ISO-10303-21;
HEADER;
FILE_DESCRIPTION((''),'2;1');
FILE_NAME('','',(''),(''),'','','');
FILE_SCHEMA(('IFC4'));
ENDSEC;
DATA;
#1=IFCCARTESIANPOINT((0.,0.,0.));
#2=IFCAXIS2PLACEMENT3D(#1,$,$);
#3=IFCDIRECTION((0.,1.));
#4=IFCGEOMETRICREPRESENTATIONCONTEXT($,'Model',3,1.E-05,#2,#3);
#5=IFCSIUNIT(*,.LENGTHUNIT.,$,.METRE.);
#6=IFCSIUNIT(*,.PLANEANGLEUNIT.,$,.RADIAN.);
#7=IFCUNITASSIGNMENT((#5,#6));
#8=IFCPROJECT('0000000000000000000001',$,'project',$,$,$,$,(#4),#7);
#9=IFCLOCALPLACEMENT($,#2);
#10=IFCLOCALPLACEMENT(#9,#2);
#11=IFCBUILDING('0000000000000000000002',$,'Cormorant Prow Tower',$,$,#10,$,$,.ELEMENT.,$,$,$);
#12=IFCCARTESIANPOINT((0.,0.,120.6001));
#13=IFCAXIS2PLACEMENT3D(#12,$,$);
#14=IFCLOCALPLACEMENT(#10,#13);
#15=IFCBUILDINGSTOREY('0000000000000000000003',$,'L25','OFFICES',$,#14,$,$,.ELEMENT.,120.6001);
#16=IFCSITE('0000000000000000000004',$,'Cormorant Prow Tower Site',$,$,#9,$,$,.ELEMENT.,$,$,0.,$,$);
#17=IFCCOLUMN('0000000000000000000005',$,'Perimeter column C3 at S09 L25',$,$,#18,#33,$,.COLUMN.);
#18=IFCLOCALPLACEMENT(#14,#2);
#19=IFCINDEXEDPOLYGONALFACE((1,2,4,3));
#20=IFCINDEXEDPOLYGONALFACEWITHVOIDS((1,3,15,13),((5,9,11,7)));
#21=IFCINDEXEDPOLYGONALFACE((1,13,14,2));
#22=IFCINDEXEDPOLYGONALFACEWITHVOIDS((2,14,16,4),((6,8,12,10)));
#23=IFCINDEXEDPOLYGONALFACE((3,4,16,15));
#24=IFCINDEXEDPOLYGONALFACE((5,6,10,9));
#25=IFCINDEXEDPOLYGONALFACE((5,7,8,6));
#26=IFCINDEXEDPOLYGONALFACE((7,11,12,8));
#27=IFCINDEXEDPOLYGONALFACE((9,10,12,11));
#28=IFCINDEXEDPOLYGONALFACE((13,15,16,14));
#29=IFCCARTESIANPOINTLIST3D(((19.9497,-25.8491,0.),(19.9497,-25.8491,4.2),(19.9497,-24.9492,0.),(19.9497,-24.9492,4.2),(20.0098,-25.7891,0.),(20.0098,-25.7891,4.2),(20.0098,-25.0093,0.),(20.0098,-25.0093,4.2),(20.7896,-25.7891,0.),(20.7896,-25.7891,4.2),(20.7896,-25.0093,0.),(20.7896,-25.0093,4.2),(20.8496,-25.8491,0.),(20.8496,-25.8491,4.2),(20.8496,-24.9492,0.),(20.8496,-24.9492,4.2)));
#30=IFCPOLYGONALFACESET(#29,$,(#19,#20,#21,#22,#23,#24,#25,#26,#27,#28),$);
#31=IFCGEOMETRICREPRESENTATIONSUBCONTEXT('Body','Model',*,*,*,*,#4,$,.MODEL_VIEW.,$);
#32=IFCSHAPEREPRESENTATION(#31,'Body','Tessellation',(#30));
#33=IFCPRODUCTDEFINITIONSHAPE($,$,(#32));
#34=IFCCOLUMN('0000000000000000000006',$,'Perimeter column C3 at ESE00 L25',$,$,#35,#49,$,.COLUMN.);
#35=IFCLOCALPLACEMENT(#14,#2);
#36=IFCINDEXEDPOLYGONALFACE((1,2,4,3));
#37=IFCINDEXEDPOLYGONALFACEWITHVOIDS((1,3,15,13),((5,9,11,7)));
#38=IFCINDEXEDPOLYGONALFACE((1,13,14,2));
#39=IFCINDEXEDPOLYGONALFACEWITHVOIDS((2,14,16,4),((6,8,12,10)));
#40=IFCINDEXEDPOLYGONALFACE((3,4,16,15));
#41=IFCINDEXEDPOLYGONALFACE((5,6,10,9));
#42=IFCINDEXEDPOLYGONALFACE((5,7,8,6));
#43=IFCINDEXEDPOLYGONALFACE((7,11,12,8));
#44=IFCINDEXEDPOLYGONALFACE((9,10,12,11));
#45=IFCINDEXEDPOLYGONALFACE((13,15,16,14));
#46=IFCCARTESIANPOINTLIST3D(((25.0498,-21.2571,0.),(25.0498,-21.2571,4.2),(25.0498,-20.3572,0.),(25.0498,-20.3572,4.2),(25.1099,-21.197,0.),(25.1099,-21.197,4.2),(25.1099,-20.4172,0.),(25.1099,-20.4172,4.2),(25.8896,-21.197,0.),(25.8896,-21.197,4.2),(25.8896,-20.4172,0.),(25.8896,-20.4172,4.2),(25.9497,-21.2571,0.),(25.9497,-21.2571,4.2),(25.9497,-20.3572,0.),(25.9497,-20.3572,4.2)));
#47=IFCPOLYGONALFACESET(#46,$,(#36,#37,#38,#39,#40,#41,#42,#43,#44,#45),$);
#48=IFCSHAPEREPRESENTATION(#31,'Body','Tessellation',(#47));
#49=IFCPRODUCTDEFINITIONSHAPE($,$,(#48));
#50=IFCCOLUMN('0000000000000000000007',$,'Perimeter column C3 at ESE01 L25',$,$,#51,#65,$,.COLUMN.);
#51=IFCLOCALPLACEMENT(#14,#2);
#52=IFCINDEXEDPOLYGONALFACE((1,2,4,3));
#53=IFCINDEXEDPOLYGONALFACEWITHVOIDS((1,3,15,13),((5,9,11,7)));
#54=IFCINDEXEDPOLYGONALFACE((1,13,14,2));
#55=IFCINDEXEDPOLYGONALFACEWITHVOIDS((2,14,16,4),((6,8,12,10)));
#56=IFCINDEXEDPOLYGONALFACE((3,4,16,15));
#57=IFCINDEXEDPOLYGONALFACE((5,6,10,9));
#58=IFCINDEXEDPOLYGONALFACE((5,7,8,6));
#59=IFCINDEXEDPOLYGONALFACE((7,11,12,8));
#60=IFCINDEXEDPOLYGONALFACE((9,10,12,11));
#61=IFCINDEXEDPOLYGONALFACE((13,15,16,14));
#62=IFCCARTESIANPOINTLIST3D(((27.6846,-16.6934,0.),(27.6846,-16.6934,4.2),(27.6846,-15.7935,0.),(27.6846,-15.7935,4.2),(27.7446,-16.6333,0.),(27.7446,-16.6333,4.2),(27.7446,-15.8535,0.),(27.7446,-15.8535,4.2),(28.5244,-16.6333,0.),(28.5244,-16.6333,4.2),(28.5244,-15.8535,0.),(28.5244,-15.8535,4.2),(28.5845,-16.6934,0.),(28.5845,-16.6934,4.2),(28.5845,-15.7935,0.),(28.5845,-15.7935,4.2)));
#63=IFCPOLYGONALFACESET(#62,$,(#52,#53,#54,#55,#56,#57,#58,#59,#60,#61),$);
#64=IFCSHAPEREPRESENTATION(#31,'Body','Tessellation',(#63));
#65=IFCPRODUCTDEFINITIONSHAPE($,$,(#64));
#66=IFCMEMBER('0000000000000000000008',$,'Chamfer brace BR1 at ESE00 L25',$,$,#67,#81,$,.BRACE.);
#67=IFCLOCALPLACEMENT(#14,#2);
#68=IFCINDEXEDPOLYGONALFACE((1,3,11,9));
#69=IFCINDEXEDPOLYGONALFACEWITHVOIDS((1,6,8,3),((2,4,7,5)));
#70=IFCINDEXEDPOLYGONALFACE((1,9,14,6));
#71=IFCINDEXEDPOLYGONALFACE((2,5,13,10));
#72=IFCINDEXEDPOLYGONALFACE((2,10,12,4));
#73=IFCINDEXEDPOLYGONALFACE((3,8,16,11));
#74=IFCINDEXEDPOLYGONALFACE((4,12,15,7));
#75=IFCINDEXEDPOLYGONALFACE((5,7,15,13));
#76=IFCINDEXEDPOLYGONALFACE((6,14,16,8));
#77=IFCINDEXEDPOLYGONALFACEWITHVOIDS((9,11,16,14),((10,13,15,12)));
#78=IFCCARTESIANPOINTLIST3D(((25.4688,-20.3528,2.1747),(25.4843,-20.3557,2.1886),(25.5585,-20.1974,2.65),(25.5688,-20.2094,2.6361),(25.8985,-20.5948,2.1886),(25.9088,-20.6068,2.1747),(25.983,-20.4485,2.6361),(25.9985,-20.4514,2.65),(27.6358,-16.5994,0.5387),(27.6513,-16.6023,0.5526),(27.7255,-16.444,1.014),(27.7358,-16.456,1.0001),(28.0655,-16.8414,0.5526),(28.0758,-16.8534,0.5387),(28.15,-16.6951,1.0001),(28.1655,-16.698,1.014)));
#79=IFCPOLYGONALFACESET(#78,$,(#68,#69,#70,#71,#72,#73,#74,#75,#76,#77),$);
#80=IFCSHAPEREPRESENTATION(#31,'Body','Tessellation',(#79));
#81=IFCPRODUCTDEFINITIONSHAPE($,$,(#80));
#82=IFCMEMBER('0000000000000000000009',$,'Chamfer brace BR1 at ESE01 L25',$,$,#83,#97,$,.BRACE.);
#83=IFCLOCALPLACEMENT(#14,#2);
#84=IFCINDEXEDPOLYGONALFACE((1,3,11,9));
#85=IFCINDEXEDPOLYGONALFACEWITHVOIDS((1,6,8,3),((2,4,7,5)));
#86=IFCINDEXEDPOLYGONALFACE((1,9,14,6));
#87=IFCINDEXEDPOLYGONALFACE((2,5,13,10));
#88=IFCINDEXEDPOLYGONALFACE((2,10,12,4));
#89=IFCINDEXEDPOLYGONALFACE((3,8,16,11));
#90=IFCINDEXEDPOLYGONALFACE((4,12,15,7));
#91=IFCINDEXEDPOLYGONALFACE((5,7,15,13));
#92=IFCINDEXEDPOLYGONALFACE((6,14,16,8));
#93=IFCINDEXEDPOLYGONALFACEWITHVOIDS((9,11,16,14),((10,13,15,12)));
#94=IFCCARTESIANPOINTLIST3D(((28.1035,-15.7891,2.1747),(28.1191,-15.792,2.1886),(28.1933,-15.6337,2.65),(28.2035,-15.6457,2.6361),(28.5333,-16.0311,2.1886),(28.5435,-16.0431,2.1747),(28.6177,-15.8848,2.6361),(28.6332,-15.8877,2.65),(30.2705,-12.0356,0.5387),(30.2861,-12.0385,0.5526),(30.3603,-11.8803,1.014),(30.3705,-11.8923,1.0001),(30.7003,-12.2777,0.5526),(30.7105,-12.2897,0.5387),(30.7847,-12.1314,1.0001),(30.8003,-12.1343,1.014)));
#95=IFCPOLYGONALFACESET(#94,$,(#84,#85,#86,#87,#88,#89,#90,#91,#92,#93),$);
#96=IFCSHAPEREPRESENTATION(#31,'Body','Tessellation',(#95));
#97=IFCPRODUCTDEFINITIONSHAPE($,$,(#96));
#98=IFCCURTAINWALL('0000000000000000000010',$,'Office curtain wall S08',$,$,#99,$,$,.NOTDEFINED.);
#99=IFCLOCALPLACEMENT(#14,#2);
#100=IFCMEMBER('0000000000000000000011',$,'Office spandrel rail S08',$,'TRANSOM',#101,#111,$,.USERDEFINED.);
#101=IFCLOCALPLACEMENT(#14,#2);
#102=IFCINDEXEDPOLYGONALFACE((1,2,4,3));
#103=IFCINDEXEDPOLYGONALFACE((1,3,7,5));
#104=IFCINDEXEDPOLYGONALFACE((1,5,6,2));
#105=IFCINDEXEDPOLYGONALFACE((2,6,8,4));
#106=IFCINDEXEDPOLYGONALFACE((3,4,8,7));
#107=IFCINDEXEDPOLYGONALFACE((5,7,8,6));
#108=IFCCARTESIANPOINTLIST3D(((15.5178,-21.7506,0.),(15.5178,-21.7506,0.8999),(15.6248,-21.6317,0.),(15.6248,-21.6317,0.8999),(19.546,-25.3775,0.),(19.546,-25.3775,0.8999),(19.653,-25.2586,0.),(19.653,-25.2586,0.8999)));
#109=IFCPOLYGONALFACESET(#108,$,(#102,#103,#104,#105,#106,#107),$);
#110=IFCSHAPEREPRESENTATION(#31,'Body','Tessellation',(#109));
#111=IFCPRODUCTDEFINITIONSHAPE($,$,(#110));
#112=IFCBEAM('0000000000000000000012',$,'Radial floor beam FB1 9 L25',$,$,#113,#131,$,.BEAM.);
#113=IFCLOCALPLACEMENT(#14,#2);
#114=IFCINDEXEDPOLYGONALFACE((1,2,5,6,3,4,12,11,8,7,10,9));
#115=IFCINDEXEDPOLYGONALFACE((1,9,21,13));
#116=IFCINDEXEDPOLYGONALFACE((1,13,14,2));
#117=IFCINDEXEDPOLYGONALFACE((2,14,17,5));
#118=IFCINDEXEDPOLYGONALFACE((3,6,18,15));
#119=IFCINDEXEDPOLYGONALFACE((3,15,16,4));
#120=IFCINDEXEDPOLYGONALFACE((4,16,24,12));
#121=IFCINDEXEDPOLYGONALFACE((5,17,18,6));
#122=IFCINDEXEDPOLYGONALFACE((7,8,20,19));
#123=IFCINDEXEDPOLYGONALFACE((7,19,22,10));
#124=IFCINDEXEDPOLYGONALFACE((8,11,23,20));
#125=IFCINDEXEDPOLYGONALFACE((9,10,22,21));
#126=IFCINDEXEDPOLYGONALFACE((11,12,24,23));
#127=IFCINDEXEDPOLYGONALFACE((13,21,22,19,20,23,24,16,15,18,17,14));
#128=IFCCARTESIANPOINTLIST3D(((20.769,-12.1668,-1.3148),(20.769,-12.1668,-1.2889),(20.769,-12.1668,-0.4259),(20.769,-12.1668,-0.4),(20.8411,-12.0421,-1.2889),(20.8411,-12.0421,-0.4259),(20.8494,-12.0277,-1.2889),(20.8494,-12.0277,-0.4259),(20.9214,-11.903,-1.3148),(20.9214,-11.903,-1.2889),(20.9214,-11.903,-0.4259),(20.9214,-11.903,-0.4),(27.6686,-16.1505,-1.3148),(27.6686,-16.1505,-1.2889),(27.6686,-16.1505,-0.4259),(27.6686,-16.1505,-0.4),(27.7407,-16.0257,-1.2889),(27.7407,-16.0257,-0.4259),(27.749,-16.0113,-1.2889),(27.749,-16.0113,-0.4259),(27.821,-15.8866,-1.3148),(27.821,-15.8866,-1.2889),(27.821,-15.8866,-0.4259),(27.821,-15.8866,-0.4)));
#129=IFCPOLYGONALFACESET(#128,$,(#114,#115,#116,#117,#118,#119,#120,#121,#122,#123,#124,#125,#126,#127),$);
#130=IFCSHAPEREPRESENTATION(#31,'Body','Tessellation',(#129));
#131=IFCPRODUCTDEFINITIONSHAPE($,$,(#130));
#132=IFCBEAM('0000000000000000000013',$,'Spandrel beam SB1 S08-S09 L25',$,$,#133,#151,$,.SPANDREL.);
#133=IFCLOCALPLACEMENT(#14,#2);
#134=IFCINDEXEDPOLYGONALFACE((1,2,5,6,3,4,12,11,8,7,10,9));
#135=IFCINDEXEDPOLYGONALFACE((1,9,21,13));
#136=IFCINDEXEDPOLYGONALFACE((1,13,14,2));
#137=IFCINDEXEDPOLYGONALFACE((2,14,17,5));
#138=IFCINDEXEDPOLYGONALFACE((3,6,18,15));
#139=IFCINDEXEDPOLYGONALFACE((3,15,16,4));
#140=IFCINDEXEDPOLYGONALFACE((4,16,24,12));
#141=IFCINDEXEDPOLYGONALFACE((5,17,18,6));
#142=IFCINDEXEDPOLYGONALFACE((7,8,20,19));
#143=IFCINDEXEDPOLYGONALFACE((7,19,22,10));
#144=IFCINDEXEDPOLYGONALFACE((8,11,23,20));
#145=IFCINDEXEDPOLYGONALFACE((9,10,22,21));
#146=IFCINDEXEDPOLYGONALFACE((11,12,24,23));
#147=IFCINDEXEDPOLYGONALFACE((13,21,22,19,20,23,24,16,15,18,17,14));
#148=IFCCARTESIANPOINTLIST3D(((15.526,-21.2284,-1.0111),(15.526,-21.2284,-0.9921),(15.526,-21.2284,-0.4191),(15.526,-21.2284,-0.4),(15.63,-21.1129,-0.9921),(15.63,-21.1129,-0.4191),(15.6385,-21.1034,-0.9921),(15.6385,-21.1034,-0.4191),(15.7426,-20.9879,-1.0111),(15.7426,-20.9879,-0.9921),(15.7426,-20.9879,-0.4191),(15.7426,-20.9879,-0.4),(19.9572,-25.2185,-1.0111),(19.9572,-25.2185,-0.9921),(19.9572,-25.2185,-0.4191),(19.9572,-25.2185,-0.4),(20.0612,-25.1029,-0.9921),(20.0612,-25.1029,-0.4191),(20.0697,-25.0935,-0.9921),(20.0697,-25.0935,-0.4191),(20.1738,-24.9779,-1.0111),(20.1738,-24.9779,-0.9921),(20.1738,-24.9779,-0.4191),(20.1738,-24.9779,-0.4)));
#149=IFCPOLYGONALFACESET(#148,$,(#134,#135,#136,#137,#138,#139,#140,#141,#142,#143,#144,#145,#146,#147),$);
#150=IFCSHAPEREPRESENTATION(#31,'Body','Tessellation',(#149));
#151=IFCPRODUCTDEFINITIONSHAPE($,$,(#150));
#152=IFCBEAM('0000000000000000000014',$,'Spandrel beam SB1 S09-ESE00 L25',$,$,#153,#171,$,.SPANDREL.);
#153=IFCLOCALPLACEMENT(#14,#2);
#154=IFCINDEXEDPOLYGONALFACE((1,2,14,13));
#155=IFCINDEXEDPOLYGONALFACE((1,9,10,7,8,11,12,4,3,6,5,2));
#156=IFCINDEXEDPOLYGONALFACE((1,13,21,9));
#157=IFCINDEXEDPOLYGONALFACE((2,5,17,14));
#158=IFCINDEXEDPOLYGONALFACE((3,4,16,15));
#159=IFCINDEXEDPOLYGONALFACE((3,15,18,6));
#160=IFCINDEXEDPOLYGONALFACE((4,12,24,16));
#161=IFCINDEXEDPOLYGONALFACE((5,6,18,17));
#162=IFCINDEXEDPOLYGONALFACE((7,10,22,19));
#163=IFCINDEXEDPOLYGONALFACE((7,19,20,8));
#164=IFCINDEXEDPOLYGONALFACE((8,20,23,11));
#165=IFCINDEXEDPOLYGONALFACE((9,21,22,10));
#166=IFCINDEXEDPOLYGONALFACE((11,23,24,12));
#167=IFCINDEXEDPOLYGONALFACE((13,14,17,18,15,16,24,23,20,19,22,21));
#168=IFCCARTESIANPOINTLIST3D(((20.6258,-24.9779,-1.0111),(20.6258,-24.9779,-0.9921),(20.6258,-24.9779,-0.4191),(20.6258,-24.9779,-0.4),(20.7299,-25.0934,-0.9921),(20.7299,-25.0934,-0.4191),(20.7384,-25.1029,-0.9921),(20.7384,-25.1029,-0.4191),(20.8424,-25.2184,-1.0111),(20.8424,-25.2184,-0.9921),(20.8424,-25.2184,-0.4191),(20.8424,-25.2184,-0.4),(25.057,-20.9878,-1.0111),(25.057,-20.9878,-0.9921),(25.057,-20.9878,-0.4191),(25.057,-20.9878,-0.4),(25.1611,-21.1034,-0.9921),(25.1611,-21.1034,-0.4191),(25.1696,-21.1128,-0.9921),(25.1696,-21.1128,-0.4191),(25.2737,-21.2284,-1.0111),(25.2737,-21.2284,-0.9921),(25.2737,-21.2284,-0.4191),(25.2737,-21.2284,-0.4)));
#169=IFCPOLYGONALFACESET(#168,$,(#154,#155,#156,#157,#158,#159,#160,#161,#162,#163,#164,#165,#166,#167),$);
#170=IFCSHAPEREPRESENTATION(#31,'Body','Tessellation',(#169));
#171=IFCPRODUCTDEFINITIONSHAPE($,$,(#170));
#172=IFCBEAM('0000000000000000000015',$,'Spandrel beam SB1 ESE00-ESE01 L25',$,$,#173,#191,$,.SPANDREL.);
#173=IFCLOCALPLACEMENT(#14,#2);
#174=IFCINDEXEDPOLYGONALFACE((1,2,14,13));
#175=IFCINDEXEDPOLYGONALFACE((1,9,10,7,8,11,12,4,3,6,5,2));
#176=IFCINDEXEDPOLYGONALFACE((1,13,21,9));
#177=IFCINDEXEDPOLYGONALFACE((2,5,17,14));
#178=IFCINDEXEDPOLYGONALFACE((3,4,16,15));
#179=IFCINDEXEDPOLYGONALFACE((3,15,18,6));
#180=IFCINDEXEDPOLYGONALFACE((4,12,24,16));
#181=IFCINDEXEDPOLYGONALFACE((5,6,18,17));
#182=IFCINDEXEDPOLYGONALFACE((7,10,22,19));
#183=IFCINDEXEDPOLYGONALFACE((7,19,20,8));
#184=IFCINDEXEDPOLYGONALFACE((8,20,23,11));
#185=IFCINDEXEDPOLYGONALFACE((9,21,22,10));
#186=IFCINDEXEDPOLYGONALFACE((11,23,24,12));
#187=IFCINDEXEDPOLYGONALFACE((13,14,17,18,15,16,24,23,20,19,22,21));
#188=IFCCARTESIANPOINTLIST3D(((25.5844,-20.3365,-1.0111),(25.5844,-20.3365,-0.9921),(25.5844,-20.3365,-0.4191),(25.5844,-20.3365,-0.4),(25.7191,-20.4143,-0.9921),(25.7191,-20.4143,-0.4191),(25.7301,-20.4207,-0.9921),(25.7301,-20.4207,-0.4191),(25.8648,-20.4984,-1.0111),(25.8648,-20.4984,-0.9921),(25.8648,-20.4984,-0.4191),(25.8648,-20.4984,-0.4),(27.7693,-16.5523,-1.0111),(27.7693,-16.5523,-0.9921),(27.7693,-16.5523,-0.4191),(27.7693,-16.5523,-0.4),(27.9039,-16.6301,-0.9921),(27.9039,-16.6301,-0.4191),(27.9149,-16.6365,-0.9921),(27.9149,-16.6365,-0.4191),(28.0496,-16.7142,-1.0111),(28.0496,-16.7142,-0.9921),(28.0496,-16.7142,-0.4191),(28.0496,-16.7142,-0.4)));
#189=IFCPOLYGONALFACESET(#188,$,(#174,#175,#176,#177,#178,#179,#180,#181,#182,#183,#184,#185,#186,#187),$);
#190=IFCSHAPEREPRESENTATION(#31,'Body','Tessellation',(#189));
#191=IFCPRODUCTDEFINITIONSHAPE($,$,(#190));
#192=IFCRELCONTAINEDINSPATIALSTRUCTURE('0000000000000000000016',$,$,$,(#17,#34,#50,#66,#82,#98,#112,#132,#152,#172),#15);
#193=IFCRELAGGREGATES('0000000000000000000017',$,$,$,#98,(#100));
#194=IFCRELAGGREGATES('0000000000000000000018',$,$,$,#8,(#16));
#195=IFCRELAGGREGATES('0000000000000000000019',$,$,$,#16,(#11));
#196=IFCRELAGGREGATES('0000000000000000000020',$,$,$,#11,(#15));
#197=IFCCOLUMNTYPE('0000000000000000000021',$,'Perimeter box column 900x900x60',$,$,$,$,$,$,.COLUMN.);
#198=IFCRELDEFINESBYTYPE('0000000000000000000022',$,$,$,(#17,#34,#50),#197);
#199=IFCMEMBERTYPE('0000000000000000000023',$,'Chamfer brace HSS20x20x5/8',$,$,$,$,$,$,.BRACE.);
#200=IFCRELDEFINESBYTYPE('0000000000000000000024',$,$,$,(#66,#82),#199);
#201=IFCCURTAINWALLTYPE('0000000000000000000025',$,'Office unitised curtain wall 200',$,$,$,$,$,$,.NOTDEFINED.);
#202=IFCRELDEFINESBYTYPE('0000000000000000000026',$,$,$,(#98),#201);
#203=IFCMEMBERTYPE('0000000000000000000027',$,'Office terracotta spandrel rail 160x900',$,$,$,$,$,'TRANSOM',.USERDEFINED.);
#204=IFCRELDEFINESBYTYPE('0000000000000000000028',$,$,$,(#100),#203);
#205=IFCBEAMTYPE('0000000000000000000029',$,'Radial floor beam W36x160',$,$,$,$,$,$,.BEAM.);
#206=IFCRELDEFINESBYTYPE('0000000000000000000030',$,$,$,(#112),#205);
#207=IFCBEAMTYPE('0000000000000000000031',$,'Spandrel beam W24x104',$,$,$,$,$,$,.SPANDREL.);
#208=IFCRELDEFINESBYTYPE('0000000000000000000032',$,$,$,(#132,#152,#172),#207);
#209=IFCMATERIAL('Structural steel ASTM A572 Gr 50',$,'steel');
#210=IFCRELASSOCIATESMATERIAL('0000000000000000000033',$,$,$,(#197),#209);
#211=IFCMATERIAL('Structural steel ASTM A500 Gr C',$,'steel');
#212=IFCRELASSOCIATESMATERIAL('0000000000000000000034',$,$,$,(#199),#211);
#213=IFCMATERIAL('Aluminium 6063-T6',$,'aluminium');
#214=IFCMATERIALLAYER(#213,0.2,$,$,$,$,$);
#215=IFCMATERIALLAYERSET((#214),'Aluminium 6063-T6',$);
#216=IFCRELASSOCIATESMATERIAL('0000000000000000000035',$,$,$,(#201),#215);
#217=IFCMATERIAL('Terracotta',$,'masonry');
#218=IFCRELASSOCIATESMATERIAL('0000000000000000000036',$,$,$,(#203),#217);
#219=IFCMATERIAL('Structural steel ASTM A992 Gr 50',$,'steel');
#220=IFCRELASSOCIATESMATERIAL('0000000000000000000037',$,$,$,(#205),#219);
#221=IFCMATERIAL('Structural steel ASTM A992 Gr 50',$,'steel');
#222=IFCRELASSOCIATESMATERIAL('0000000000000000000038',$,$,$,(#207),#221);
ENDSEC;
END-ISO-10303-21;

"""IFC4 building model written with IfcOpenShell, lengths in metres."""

from ifc_helpers import new_model, si_unit, direction, frame, origin, origin_2d, place, context, subcontext, project, spatial, rectangle, hollow_rectangle, i_section, extrude, material, layer, layer_set, material_profile, profile_set, type_object, element, aggregate, save


model = new_model("IFC4")

# Units and contexts
model_context = context("Model", 3, precision=1e-05, world=origin(), true_north=direction((0.0, 1.0)))
body_context = subcontext(model_context, "Body", "Model", "MODEL_VIEW")
ifc_project = project(units=[si_unit("LENGTHUNIT", "METRE"), si_unit("PLANEANGLEUNIT", "RADIAN")], contexts=[model_context])

# Site, building, storey
site_placement = place(None, origin())
site = spatial("IfcSite", under=ifc_project, at=site_placement, Name="Cormorant Prow Tower Site", CompositionType="ELEMENT", RefElevation=0.0)
building_placement = place(site_placement, origin())
building = spatial("IfcBuilding", under=site, at=building_placement, Name="Cormorant Prow Tower", CompositionType="ELEMENT")
storey_placement = place(building_placement, frame((0.0, 0.0, 120.6001)))
storey = spatial("IfcBuildingStorey", under=building, at=storey_placement, Name="L25", Description="OFFICES", CompositionType="ELEMENT", Elevation=120.6001)

# Columns
ifc_material_1 = material(Name="Structural steel ASTM A572 Gr 50", Category="steel")
ifc_material_profile_1 = material_profile(ifc_material_1, hollow_rectangle(XDim=0.8999, YDim=0.8999, WallThickness=0.0601, at=origin_2d()), Name="Box 900x900x60")
ifc_profile_set_1 = profile_set([ifc_material_profile_1], Name="Structural steel ASTM A572 Gr 50")
column_type = type_object("IfcColumnType", Name="Perimeter box column 900x900x60", PredefinedType="COLUMN", material=ifc_profile_set_1)
for number, where, z_axis, x_axis, name in (
    (1, (20.3997, -25.3992, 0.0), (0.0, 0.0, 1.0), (1.0, 0.0, 0.0), "Perimeter column C3 at S09 L25"),
    (2, (25.4998, -20.8071, 0.0), (0.0, 0.0, 1.0), (1.0, 0.0, 0.0), "Perimeter column C3 at ESE00 L25"),
    (3, (28.1345, -16.2434, 0.0), (0.0, 0.0, 1.0), (1.0, 0.0, 0.0), "Perimeter column C3 at ESE01 L25"),
):
    element("IfcColumn", number, at=place(storey_placement, frame(where, z_axis=z_axis, x_axis=x_axis)), inside=storey, type_object=column_type, Name=name, PredefinedType="COLUMN", context=body_context, shape_type="SweptSolid", body=[
        extrude(hollow_rectangle(XDim=0.8999, YDim=0.8999, WallThickness=0.0601, at=origin_2d()), origin(), (0.0, 0.0, 1.0), 4.2),
    ])

# Members
ifc_material_2 = material(Name="Structural steel ASTM A500 Gr C", Category="steel")
ifc_material_profile_2 = material_profile(ifc_material_2, hollow_rectangle(XDim=0.5081, YDim=0.5081, WallThickness=0.0149, at=origin_2d()), Name="HSS20x20x5/8")
ifc_profile_set_2 = profile_set([ifc_material_profile_2], Name="Structural steel ASTM A500 Gr C")
member_type_1 = type_object("IfcMemberType", Name="Chamfer brace HSS20x20x5/8", PredefinedType="BRACE", material=ifc_profile_set_2)
for number, where, z_axis, x_axis, name in (
    (4, (27.9006, -16.6487, 0.7764), (-0.467776, -0.810228, 0.353151), (0.86603, -0.499992, 0.0), "Chamfer brace BR1 at ESE00 L25"),
    (5, (30.5354, -12.085, 0.7764), (-0.467776, -0.810228, 0.353151), (0.86603, -0.499992, 0.0), "Chamfer brace BR1 at ESE01 L25"),
):
    element("IfcMember", number, at=place(storey_placement, frame(where, z_axis=z_axis, x_axis=x_axis)), inside=storey, type_object=member_type_1, Name=name, PredefinedType="BRACE", context=body_context, shape_type="SweptSolid", body=[
        extrude(hollow_rectangle(XDim=0.5081, YDim=0.5081, WallThickness=0.0149, at=origin_2d()), origin(), (0.0, 0.0, 1.0), 4.6326),
    ])

# Curtain wall, member
ifc_material_3 = material(Name="Aluminium 6063-T6", Category="aluminium")
ifc_layer_1 = layer(ifc_material_3, 0.2)
ifc_layer_set_1 = layer_set([ifc_layer_1], Name="Aluminium 6063-T6")
curtain_wall_type = type_object("IfcCurtainWallType", Name="Office unitised curtain wall 200", PredefinedType="NOTDEFINED", material=ifc_layer_set_1)
curtain_wall_placement = place(storey_placement, origin())
curtain_wall = element("IfcCurtainWall", 6, at=curtain_wall_placement, inside=storey, type_object=curtain_wall_type, Name="Office curtain wall S08", PredefinedType="NOTDEFINED")
ifc_material_4 = material(Name="Terracotta", Category="masonry")
ifc_material_profile_3 = material_profile(ifc_material_4, rectangle(XDim=0.1599, YDim=0.8999, at=origin_2d()), Name="Office terracotta spandrel rail 160x900")
ifc_profile_set_3 = profile_set([ifc_material_profile_3], Name="Terracotta")
member_type_2 = type_object("IfcMemberType", Name="Office terracotta spandrel rail 160x900", ElementType="TRANSOM", PredefinedType="USERDEFINED", material=ifc_profile_set_3)
member_placement = place(storey_placement, frame((15.5713, -21.6912, 0.45), z_axis=(0.74316, -0.669114, 0.0), x_axis=(0.669114, 0.74316, 0.0)))
member = element("IfcMember", 7, at=member_placement, type_object=member_type_2, Name="Office spandrel rail S08", ObjectType="TRANSOM", PredefinedType="USERDEFINED", context=body_context, shape_type="SweptSolid", body=[
    extrude(rectangle(XDim=0.1599, YDim=0.8999, at=origin_2d()), origin(), (0.0, 0.0, 1.0), 5.4204),
])

# Beams
ifc_material_5 = material(Name="Structural steel ASTM A992 Gr 50", Category="steel")
ifc_material_profile_4 = material_profile(ifc_material_5, i_section(OverallWidth=0.3047, OverallDepth=0.9148, WebThickness=0.0166, FlangeThickness=0.0259, at=origin_2d()), Name="W36x160")
ifc_profile_set_4 = profile_set([ifc_material_profile_4], Name="Structural steel ASTM A992 Gr 50")
beam_type_1 = type_object("IfcBeamType", Name="Radial floor beam W36x160", PredefinedType="BEAM", material=ifc_profile_set_4)
beam_placement = place(storey_placement, frame((20.8452, -12.0349, -0.8574), z_axis=(0.866019, -0.500012, 0.0), x_axis=(0.500012, 0.866019, 0.0)))
element("IfcBeam", 8, at=beam_placement, inside=storey, type_object=beam_type_1, Name="Radial floor beam FB1 9 L25", PredefinedType="BEAM", context=body_context, shape_type="SweptSolid", body=[
    extrude(i_section(OverallWidth=0.3047, OverallDepth=0.9148, WebThickness=0.0166, FlangeThickness=0.0259, at=origin_2d()), origin(), (0.0, 0.0, 1.0), 7.967),
])
ifc_material_6 = material(Name="Structural steel ASTM A992 Gr 50", Category="steel")
ifc_material_profile_5 = material_profile(ifc_material_6, i_section(OverallWidth=0.3237, OverallDepth=0.6111, WebThickness=0.0127, FlangeThickness=0.019, at=origin_2d()), Name="W24x104")
ifc_profile_set_5 = profile_set([ifc_material_profile_5], Name="Structural steel ASTM A992 Gr 50")
beam_type_2 = type_object("IfcBeamType", Name="Spandrel beam W24x104", PredefinedType="SPANDREL", material=ifc_profile_set_5)
for number, where, z_axis, x_axis, name in (
    (9, (15.6343, -21.1082, -0.7056), (0.743131, -0.669146, 0.0), (0.669146, 0.743131, 0.0), "Spandrel beam SB1 S08-S09 L25"),
    (10, (20.7341, -25.0981, -0.7056), (0.743131, 0.669146, 0.0), (-0.669146, 0.743131, 0.0), "Spandrel beam SB1 S09-ESE00 L25"),
):
    element("IfcBeam", number, at=place(storey_placement, frame(where, z_axis=z_axis, x_axis=x_axis)), inside=storey, type_object=beam_type_2, Name=name, PredefinedType="SPANDREL", context=body_context, shape_type="SweptSolid", body=[
        extrude(i_section(OverallWidth=0.3237, OverallDepth=0.6111, WebThickness=0.0127, FlangeThickness=0.019, at=origin_2d()), origin(), (0.0, 0.0, 1.0), 5.9629),
    ])
for number, where, z_axis, x_axis, name in (
    (11, (25.7246, -20.4175, -0.7056), (0.500003, 0.866024, 0.0), (-0.866024, 0.500003, 0.0), "Spandrel beam SB1 ESE00-ESE01 L25"),
):
    element("IfcBeam", number, at=place(storey_placement, frame(where, z_axis=z_axis, x_axis=x_axis)), inside=storey, type_object=beam_type_2, Name=name, PredefinedType="SPANDREL", context=body_context, shape_type="SweptSolid", body=[
        extrude(i_section(OverallWidth=0.3237, OverallDepth=0.6111, WebThickness=0.0127, FlangeThickness=0.019, at=origin_2d()), origin(), (0.0, 0.0, 1.0), 4.3696),
    ])

aggregate(curtain_wall, [member])

save(model, "model.ifc")
